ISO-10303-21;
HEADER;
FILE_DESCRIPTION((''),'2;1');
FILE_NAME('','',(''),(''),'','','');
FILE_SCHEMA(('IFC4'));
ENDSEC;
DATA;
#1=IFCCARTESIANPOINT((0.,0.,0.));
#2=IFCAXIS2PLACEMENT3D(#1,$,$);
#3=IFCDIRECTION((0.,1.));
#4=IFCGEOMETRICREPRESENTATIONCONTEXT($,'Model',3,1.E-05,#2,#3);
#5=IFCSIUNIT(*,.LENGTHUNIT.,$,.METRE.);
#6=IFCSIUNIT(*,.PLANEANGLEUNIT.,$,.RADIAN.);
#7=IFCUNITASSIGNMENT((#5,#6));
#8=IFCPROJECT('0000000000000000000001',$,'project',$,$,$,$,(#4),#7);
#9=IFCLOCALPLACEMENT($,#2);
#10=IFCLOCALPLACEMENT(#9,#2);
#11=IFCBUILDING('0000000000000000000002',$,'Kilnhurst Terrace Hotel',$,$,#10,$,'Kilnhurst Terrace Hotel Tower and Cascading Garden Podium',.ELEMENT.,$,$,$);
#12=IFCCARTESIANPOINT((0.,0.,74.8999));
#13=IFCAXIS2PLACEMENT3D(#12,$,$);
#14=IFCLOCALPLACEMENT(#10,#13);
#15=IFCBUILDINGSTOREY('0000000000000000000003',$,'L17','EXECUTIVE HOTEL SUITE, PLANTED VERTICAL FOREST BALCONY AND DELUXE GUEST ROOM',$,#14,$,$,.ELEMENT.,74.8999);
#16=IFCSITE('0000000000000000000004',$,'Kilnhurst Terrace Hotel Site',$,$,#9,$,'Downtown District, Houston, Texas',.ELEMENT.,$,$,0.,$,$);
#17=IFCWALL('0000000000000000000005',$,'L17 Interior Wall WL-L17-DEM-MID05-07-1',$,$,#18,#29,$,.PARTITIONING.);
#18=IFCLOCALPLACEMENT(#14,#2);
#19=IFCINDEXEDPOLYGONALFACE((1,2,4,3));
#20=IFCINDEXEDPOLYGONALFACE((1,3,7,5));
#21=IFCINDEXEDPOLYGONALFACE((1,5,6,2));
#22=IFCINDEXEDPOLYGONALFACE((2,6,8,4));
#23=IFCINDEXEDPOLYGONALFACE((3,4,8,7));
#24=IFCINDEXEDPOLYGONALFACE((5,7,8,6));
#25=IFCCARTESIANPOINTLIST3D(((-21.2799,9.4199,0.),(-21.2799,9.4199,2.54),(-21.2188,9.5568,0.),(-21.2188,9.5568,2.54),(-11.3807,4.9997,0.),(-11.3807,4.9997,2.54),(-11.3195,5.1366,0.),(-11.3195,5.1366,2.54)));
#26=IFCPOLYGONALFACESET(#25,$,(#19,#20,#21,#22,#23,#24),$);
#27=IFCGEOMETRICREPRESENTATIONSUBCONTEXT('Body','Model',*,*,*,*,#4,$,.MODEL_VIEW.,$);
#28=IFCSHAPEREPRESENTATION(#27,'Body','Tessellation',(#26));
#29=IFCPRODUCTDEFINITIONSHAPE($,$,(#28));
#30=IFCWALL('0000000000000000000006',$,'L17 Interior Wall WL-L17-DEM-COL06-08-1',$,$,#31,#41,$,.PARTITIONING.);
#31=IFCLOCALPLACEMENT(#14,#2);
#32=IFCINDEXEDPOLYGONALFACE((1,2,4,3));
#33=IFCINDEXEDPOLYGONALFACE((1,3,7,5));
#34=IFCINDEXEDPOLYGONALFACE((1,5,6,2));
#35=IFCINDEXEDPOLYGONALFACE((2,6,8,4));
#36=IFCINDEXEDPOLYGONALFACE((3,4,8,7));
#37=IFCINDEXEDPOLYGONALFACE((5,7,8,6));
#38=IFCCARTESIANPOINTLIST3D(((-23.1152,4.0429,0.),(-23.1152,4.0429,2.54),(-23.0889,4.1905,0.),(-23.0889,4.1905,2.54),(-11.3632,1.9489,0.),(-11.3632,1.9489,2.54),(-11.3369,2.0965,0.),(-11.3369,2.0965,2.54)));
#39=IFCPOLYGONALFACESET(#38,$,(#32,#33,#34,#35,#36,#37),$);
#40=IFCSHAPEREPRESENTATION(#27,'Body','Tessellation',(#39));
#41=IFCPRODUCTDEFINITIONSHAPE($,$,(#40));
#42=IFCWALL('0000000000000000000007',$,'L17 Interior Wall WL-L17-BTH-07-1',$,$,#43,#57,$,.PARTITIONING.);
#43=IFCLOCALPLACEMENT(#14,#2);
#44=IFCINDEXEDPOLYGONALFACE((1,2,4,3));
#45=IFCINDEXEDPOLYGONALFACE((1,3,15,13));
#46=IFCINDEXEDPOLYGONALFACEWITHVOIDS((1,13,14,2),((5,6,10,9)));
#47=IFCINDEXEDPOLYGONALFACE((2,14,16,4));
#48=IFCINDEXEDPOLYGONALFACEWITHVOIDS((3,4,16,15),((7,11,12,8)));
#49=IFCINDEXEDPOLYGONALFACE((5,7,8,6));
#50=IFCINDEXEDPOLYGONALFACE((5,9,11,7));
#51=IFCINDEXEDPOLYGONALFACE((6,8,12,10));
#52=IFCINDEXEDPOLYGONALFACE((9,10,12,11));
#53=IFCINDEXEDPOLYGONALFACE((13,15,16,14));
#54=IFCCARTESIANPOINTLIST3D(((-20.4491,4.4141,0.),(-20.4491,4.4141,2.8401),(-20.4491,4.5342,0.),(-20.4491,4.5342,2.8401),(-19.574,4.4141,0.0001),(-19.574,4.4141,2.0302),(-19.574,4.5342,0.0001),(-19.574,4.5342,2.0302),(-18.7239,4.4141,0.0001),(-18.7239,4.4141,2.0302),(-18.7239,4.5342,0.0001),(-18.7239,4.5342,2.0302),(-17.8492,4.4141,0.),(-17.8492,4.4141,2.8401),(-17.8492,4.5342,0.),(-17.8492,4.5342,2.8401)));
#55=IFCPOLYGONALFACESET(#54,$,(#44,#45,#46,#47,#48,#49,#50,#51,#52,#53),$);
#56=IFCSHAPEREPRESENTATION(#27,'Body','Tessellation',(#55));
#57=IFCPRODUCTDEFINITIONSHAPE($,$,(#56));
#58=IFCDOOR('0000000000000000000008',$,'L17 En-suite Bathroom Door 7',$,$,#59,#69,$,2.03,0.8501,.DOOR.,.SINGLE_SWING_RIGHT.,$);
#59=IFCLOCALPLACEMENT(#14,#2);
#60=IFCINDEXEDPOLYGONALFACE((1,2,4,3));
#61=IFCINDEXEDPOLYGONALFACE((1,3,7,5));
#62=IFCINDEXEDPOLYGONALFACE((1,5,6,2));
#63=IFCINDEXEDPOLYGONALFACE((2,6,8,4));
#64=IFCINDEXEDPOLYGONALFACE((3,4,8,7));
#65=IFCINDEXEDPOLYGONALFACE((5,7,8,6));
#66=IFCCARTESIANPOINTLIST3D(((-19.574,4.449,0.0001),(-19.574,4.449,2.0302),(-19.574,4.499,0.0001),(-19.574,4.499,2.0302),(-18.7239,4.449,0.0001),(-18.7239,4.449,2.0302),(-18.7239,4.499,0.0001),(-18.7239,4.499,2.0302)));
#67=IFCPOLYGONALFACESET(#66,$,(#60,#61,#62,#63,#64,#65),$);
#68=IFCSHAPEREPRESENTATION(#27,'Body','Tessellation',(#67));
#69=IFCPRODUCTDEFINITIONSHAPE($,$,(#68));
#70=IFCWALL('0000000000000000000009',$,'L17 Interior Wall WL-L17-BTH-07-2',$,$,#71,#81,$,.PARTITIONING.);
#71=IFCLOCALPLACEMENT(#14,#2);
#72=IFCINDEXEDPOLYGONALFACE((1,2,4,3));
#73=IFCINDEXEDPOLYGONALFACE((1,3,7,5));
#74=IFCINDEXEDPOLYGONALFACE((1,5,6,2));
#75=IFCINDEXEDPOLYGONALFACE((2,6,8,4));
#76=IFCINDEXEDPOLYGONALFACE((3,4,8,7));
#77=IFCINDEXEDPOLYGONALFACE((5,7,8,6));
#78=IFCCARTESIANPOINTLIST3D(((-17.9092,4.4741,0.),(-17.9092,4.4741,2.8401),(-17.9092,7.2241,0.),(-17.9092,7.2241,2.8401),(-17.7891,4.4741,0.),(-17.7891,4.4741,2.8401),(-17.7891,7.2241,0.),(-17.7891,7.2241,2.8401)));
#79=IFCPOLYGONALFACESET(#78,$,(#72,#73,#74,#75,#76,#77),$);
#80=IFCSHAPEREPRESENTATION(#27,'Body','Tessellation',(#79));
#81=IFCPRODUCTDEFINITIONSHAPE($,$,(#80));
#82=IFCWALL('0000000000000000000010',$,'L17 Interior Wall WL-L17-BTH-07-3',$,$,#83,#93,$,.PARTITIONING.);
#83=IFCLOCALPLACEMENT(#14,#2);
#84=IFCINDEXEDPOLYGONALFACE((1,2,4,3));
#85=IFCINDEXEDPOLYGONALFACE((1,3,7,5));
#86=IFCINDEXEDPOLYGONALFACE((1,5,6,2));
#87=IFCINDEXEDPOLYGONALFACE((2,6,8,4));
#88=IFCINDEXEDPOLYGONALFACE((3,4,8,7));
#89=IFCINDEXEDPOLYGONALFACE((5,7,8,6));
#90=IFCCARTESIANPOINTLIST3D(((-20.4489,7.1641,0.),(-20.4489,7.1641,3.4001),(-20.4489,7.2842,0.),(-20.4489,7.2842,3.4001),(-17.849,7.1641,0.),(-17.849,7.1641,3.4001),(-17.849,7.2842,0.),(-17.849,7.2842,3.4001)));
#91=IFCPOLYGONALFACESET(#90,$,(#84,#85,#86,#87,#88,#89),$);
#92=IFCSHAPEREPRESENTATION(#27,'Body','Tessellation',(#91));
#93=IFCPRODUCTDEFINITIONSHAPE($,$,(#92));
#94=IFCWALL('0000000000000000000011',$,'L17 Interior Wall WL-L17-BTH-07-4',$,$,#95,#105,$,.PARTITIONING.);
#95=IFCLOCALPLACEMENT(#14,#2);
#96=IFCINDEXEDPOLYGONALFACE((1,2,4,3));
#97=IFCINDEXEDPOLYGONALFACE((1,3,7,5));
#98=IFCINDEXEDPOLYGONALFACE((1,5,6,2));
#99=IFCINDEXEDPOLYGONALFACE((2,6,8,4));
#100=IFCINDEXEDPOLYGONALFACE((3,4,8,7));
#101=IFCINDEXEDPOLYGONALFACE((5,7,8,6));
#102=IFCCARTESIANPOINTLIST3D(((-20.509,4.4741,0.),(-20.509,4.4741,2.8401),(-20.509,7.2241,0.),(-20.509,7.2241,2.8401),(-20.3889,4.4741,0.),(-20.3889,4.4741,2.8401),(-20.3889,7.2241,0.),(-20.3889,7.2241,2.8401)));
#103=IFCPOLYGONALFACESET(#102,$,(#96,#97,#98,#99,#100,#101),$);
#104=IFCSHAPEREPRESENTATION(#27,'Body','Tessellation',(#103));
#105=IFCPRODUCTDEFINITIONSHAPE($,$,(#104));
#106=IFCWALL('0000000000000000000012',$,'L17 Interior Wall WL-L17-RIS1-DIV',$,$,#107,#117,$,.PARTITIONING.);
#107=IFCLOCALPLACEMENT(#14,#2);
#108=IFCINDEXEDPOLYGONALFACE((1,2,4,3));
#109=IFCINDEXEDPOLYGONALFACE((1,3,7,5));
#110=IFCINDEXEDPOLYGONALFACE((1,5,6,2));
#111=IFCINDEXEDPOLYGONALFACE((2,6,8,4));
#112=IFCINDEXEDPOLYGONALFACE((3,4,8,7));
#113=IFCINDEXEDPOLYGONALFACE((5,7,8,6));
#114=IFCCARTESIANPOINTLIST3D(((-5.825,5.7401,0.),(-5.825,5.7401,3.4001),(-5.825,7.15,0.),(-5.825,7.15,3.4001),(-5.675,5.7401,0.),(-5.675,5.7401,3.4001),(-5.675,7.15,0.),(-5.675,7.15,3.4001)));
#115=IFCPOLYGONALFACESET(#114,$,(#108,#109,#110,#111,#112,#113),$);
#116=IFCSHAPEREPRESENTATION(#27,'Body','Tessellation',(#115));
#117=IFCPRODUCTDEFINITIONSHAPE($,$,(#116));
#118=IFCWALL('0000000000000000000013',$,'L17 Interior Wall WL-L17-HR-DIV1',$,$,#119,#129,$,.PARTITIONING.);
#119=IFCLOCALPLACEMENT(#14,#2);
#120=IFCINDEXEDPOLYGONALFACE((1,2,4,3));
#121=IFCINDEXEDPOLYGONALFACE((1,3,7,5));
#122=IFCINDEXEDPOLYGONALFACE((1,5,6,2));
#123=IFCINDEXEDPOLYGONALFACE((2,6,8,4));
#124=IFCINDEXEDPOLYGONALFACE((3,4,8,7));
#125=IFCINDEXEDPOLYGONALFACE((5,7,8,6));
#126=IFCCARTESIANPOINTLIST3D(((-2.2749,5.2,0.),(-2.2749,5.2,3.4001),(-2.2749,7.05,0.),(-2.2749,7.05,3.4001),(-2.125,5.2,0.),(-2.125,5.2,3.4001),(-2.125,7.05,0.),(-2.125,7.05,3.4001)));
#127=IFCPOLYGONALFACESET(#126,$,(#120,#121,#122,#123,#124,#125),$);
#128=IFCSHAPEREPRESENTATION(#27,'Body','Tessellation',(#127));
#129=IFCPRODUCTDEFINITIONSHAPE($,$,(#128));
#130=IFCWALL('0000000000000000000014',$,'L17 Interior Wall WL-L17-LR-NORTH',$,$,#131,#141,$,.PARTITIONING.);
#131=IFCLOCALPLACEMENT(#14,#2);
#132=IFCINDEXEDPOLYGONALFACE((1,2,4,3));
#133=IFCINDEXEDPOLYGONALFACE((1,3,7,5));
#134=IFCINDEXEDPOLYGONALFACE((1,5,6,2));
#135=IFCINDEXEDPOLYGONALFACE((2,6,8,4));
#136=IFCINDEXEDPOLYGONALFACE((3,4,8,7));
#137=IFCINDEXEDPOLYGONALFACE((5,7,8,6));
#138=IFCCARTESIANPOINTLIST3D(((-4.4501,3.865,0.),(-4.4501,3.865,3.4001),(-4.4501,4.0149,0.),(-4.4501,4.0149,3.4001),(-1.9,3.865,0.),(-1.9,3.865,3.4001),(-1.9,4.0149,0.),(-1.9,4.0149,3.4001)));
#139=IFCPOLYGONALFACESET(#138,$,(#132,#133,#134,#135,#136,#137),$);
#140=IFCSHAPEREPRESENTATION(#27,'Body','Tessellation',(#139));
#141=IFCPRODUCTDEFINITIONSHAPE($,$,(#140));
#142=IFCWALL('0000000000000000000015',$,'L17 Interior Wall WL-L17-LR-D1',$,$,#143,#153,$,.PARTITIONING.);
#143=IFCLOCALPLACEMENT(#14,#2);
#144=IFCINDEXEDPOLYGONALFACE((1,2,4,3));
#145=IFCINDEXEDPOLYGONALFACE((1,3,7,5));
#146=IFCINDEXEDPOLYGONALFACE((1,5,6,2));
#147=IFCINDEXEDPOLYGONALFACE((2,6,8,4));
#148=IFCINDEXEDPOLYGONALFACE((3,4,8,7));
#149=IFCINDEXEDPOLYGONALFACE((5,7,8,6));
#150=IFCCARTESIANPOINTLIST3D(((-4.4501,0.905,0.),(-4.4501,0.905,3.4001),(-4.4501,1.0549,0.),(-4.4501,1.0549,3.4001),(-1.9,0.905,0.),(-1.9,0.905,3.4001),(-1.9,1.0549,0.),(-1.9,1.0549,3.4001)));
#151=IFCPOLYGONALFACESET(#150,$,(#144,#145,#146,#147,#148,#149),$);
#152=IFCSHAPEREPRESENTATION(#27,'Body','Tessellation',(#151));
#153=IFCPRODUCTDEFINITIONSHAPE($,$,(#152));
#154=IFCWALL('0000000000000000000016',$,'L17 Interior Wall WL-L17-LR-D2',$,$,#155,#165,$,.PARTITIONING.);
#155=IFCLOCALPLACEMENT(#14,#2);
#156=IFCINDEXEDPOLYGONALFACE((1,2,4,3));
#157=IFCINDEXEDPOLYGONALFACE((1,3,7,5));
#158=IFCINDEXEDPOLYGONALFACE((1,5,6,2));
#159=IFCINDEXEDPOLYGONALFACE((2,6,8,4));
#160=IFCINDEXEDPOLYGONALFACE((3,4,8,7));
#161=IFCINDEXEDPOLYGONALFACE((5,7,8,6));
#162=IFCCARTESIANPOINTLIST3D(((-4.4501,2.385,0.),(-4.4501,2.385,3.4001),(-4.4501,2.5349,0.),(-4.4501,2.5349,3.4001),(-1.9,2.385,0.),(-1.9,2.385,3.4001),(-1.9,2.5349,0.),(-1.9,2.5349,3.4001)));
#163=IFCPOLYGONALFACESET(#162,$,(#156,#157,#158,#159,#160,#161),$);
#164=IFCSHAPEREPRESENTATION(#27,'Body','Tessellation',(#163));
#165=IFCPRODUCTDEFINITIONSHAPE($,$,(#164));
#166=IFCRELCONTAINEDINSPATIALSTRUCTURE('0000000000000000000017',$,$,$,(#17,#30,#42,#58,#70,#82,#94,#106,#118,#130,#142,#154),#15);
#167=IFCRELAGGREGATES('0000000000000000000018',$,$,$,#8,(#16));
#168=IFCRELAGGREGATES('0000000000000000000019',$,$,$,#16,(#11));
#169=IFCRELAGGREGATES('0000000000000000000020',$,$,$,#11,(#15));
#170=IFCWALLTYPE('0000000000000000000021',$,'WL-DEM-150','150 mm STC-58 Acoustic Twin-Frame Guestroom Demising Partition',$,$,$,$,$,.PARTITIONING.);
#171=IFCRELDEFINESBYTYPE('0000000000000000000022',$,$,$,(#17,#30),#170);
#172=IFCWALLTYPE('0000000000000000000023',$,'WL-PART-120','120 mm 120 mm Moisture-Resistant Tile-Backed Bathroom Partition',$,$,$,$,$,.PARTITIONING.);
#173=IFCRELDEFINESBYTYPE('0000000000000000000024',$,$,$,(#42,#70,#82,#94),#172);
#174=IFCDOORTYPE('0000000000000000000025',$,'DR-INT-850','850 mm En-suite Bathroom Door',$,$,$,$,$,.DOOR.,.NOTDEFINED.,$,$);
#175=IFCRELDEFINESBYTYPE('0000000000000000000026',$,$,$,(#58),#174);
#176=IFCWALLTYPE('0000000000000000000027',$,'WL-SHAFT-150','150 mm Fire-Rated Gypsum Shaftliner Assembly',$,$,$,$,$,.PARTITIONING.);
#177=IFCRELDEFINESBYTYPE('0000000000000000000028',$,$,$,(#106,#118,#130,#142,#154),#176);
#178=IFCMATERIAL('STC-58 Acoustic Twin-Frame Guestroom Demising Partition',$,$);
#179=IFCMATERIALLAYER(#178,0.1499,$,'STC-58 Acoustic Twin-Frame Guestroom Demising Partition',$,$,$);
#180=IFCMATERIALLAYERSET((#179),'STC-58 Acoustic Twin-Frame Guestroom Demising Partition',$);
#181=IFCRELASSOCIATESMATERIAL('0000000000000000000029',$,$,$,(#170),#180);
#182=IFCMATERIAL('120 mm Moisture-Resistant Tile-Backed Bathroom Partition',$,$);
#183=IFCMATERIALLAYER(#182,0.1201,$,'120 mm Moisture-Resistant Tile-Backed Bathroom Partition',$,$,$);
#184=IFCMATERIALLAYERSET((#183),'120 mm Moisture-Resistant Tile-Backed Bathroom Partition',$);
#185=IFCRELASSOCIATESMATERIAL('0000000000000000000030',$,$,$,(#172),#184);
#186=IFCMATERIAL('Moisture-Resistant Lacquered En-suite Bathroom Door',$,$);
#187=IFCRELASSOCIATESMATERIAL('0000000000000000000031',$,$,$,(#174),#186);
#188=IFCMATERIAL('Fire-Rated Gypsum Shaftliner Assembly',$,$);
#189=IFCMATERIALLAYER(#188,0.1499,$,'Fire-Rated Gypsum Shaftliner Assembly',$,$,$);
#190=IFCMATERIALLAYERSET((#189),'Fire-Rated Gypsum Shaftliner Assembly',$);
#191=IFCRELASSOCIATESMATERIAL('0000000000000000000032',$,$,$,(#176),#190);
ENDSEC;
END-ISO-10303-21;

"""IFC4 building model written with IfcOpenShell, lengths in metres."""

from ifc_helpers import new_model, si_unit, direction, frame, frame_2d, origin, place, context, subcontext, project, spatial, rectangle, extrude, material, layer, layer_set, type_object, element, fill, save


model = new_model("IFC4")

# Units and contexts
model_context = context("Model", 3, precision=1e-05, world=origin(), true_north=direction((0.0, 1.0)))
body_context = subcontext(model_context, "Body", "Model", "MODEL_VIEW")
ifc_project = project(units=[si_unit("LENGTHUNIT", "METRE"), si_unit("PLANEANGLEUNIT", "RADIAN")], contexts=[model_context])

# Site, building, storey
site_placement = place(None, origin())
site = spatial("IfcSite", under=ifc_project, at=site_placement, Name="Kilnhurst Terrace Hotel Site", LongName="Downtown District, Houston, Texas", CompositionType="ELEMENT", RefElevation=0.0)
building_placement = place(site_placement, origin())
building = spatial("IfcBuilding", under=site, at=building_placement, Name="Kilnhurst Terrace Hotel", LongName="Kilnhurst Terrace Hotel Tower and Cascading Garden Podium", CompositionType="ELEMENT")
storey_placement = place(building_placement, frame((0.0, 0.0, 74.8999)))
storey = spatial("IfcBuildingStorey", under=building, at=storey_placement, Name="L17", Description="EXECUTIVE HOTEL SUITE, PLANTED VERTICAL FOREST BALCONY AND DELUXE GUEST ROOM", CompositionType="ELEMENT", Elevation=74.8999)

# Walls
ifc_material_1 = material(Name="STC-58 Acoustic Twin-Frame Guestroom Demising Partition")
ifc_layer_1 = layer(ifc_material_1, 0.1499, Name="STC-58 Acoustic Twin-Frame Guestroom Demising Partition")
ifc_layer_set_1 = layer_set([ifc_layer_1], Name="STC-58 Acoustic Twin-Frame Guestroom Demising Partition")
wall_type_1 = type_object("IfcWallType", Name="WL-DEM-150", Description="150 mm STC-58 Acoustic Twin-Frame Guestroom Demising Partition", PredefinedType="PARTITIONING", material=ifc_layer_set_1)
wall_1_placement = place(storey_placement, frame((-11.3501, 5.0681, 0.0), z_axis=(0.0, 0.0, 1.0), x_axis=(-0.913107, 0.40772, 0.0)))
element("IfcWall", 1, at=wall_1_placement, inside=storey, type_object=wall_type_1, Name="L17 Interior Wall WL-L17-DEM-MID05-07-1", PredefinedType="PARTITIONING", context=body_context, shape_type="SweptSolid", body=[
    extrude(rectangle(XDim=10.8413, YDim=0.1499, at=frame_2d((5.4207, 0.0))), origin(), (0.0, 0.0, 1.0), 2.54),
])
wall_2_placement = place(storey_placement, frame((-11.3501, 2.0227, 0.0), z_axis=(0.0, 0.0, 1.0), x_axis=(-0.984494, 0.17542, 0.0)))
element("IfcWall", 2, at=wall_2_placement, inside=storey, type_object=wall_type_1, Name="L17 Interior Wall WL-L17-DEM-COL06-08-1", PredefinedType="PARTITIONING", context=body_context, shape_type="SweptSolid", body=[
    extrude(rectangle(XDim=11.937, YDim=0.1499, at=frame_2d((5.9685, 0.0))), origin(), (0.0, 0.0, 1.0), 2.54),
])

# Wall, opening, door
ifc_material_2 = material(Name="120 mm Moisture-Resistant Tile-Backed Bathroom Partition")
ifc_layer_2 = layer(ifc_material_2, 0.1201, Name="120 mm Moisture-Resistant Tile-Backed Bathroom Partition")
ifc_layer_set_2 = layer_set([ifc_layer_2], Name="120 mm Moisture-Resistant Tile-Backed Bathroom Partition")
wall_type_2 = type_object("IfcWallType", Name="WL-PART-120", Description="120 mm 120 mm Moisture-Resistant Tile-Backed Bathroom Partition", PredefinedType="PARTITIONING", material=ifc_layer_set_2)
wall_3_placement = place(storey_placement, frame((-20.449, 4.4741, 0.0), z_axis=(0.0, 0.0, 1.0), x_axis=(1.0, 0.0, 0.0)))
wall_3 = element("IfcWall", 3, at=wall_3_placement, inside=storey, type_object=wall_type_2, Name="L17 Interior Wall WL-L17-BTH-07-1", PredefinedType="PARTITIONING", context=body_context, shape_type="SweptSolid", body=[
    extrude(rectangle(XDim=2.5999, YDim=0.1201, at=frame_2d((1.2998, 0.0))), origin(), (0.0, 0.0, 1.0), 2.8401),
])
opening_1_placement = place(wall_3_placement, frame((0.875, 0.0, 0.0)))
opening_1 = element("IfcOpeningElement", 4, at=opening_1_placement, cuts=wall_3, PredefinedType="OPENING", context=body_context, shape_type="SweptSolid", body=[
    extrude(rectangle(XDim=0.8501, YDim=2.03, at=frame_2d((0.425, 1.0151))), frame((0.0, 0.0701, 0.0), z_axis=(0.0, -1.0, 0.0), x_axis=(1.0, 0.0, 0.0)), (0.0, 0.0, 1.0), 0.1401),
])
ifc_material_3 = material(Name="Moisture-Resistant Lacquered En-suite Bathroom Door")
door_type_1 = type_object("IfcDoorType", Name="DR-INT-850", Description="850 mm En-suite Bathroom Door", OperationType="NOTDEFINED", PredefinedType="DOOR", material=ifc_material_3)
door_1_placement = place(opening_1_placement, origin())
door_1 = element("IfcDoor", 5, at=door_1_placement, inside=storey, type_object=door_type_1, Name="L17 En-suite Bathroom Door 7", OperationType="SINGLE_SWING_RIGHT", OverallHeight=2.03, OverallWidth=0.8501, PredefinedType="DOOR", context=body_context, shape_type="SweptSolid", body=[
    extrude(rectangle(XDim=0.8501, YDim=2.03, at=frame_2d((0.425, 1.0151))), frame((0.0, 0.0249, 0.0), z_axis=(0.0, -1.0, 0.0), x_axis=(1.0, 0.0, 0.0)), (0.0, 0.0, 1.0), 0.05),
])
fill(opening_1, door_1)

# Walls
wall_4_placement = place(storey_placement, frame((-17.8491, 4.4741, 0.0), z_axis=(0.0, 0.0, 1.0), x_axis=(0.0, 1.0, 0.0)))
element("IfcWall", 6, at=wall_4_placement, inside=storey, type_object=wall_type_2, Name="L17 Interior Wall WL-L17-BTH-07-2", PredefinedType="PARTITIONING", context=body_context, shape_type="SweptSolid", body=[
    extrude(rectangle(XDim=2.75, YDim=0.1201, at=frame_2d((1.375, 0.0))), origin(), (0.0, 0.0, 1.0), 2.8401),
])
wall_5_placement = place(storey_placement, frame((-17.8491, 7.2241, 0.0), z_axis=(0.0, 0.0, 1.0), x_axis=(-1.0, 0.0, 0.0)))
element("IfcWall", 7, at=wall_5_placement, inside=storey, type_object=wall_type_2, Name="L17 Interior Wall WL-L17-BTH-07-3", PredefinedType="PARTITIONING", context=body_context, shape_type="SweptSolid", body=[
    extrude(rectangle(XDim=2.5999, YDim=0.1201, at=frame_2d((1.2998, 0.0))), origin(), (0.0, 0.0, 1.0), 3.4001),
])
wall_6_placement = place(storey_placement, frame((-20.449, 7.2241, 0.0), z_axis=(0.0, 0.0, 1.0), x_axis=(0.0, -1.0, 0.0)))
element("IfcWall", 8, at=wall_6_placement, inside=storey, type_object=wall_type_2, Name="L17 Interior Wall WL-L17-BTH-07-4", PredefinedType="PARTITIONING", context=body_context, shape_type="SweptSolid", body=[
    extrude(rectangle(XDim=2.75, YDim=0.1201, at=frame_2d((1.375, 0.0))), origin(), (0.0, 0.0, 1.0), 2.8401),
])
ifc_material_4 = material(Name="Fire-Rated Gypsum Shaftliner Assembly")
ifc_layer_3 = layer(ifc_material_4, 0.1499, Name="Fire-Rated Gypsum Shaftliner Assembly")
ifc_layer_set_3 = layer_set([ifc_layer_3], Name="Fire-Rated Gypsum Shaftliner Assembly")
wall_type_3 = type_object("IfcWallType", Name="WL-SHAFT-150", Description="150 mm Fire-Rated Gypsum Shaftliner Assembly", PredefinedType="PARTITIONING", material=ifc_layer_set_3)
wall_7_placement = place(storey_placement, frame((-5.75, 5.74, 0.0), z_axis=(0.0, 0.0, 1.0), x_axis=(0.0, 1.0, 0.0)))
element("IfcWall", 9, at=wall_7_placement, inside=storey, type_object=wall_type_3, Name="L17 Interior Wall WL-L17-RIS1-DIV", PredefinedType="PARTITIONING", context=body_context, shape_type="SweptSolid", body=[
    extrude(rectangle(XDim=1.4099, YDim=0.1499, at=frame_2d((0.7051, 0.0))), origin(), (0.0, 0.0, 1.0), 3.4001),
])
wall_8_placement = place(storey_placement, frame((-2.2, 5.2, 0.0), z_axis=(0.0, 0.0, 1.0), x_axis=(0.0, 1.0, 0.0)))
element("IfcWall", 10, at=wall_8_placement, inside=storey, type_object=wall_type_3, Name="L17 Interior Wall WL-L17-HR-DIV1", PredefinedType="PARTITIONING", context=body_context, shape_type="SweptSolid", body=[
    extrude(rectangle(XDim=1.8501, YDim=0.1499, at=frame_2d((0.925, 0.0))), origin(), (0.0, 0.0, 1.0), 3.4001),
])
for number, where, z_axis, x_axis, name in (
    (11, (-4.45, 3.9399, 0.0), (0.0, 0.0, 1.0), (1.0, 0.0, 0.0), "L17 Interior Wall WL-L17-LR-NORTH"),
    (12, (-4.45, 0.98, 0.0), (0.0, 0.0, 1.0), (1.0, 0.0, 0.0), "L17 Interior Wall WL-L17-LR-D1"),
    (13, (-4.45, 2.46, 0.0), (0.0, 0.0, 1.0), (1.0, 0.0, 0.0), "L17 Interior Wall WL-L17-LR-D2"),
):
    element("IfcWall", number, at=place(storey_placement, frame(where, z_axis=z_axis, x_axis=x_axis)), inside=storey, type_object=wall_type_3, Name=name, PredefinedType="PARTITIONING", context=body_context, shape_type="SweptSolid", body=[
        extrude(rectangle(XDim=2.55, YDim=0.1499, at=frame_2d((1.2749, 0.0))), origin(), (0.0, 0.0, 1.0), 3.4001),
    ])

save(model, "model.ifc")
